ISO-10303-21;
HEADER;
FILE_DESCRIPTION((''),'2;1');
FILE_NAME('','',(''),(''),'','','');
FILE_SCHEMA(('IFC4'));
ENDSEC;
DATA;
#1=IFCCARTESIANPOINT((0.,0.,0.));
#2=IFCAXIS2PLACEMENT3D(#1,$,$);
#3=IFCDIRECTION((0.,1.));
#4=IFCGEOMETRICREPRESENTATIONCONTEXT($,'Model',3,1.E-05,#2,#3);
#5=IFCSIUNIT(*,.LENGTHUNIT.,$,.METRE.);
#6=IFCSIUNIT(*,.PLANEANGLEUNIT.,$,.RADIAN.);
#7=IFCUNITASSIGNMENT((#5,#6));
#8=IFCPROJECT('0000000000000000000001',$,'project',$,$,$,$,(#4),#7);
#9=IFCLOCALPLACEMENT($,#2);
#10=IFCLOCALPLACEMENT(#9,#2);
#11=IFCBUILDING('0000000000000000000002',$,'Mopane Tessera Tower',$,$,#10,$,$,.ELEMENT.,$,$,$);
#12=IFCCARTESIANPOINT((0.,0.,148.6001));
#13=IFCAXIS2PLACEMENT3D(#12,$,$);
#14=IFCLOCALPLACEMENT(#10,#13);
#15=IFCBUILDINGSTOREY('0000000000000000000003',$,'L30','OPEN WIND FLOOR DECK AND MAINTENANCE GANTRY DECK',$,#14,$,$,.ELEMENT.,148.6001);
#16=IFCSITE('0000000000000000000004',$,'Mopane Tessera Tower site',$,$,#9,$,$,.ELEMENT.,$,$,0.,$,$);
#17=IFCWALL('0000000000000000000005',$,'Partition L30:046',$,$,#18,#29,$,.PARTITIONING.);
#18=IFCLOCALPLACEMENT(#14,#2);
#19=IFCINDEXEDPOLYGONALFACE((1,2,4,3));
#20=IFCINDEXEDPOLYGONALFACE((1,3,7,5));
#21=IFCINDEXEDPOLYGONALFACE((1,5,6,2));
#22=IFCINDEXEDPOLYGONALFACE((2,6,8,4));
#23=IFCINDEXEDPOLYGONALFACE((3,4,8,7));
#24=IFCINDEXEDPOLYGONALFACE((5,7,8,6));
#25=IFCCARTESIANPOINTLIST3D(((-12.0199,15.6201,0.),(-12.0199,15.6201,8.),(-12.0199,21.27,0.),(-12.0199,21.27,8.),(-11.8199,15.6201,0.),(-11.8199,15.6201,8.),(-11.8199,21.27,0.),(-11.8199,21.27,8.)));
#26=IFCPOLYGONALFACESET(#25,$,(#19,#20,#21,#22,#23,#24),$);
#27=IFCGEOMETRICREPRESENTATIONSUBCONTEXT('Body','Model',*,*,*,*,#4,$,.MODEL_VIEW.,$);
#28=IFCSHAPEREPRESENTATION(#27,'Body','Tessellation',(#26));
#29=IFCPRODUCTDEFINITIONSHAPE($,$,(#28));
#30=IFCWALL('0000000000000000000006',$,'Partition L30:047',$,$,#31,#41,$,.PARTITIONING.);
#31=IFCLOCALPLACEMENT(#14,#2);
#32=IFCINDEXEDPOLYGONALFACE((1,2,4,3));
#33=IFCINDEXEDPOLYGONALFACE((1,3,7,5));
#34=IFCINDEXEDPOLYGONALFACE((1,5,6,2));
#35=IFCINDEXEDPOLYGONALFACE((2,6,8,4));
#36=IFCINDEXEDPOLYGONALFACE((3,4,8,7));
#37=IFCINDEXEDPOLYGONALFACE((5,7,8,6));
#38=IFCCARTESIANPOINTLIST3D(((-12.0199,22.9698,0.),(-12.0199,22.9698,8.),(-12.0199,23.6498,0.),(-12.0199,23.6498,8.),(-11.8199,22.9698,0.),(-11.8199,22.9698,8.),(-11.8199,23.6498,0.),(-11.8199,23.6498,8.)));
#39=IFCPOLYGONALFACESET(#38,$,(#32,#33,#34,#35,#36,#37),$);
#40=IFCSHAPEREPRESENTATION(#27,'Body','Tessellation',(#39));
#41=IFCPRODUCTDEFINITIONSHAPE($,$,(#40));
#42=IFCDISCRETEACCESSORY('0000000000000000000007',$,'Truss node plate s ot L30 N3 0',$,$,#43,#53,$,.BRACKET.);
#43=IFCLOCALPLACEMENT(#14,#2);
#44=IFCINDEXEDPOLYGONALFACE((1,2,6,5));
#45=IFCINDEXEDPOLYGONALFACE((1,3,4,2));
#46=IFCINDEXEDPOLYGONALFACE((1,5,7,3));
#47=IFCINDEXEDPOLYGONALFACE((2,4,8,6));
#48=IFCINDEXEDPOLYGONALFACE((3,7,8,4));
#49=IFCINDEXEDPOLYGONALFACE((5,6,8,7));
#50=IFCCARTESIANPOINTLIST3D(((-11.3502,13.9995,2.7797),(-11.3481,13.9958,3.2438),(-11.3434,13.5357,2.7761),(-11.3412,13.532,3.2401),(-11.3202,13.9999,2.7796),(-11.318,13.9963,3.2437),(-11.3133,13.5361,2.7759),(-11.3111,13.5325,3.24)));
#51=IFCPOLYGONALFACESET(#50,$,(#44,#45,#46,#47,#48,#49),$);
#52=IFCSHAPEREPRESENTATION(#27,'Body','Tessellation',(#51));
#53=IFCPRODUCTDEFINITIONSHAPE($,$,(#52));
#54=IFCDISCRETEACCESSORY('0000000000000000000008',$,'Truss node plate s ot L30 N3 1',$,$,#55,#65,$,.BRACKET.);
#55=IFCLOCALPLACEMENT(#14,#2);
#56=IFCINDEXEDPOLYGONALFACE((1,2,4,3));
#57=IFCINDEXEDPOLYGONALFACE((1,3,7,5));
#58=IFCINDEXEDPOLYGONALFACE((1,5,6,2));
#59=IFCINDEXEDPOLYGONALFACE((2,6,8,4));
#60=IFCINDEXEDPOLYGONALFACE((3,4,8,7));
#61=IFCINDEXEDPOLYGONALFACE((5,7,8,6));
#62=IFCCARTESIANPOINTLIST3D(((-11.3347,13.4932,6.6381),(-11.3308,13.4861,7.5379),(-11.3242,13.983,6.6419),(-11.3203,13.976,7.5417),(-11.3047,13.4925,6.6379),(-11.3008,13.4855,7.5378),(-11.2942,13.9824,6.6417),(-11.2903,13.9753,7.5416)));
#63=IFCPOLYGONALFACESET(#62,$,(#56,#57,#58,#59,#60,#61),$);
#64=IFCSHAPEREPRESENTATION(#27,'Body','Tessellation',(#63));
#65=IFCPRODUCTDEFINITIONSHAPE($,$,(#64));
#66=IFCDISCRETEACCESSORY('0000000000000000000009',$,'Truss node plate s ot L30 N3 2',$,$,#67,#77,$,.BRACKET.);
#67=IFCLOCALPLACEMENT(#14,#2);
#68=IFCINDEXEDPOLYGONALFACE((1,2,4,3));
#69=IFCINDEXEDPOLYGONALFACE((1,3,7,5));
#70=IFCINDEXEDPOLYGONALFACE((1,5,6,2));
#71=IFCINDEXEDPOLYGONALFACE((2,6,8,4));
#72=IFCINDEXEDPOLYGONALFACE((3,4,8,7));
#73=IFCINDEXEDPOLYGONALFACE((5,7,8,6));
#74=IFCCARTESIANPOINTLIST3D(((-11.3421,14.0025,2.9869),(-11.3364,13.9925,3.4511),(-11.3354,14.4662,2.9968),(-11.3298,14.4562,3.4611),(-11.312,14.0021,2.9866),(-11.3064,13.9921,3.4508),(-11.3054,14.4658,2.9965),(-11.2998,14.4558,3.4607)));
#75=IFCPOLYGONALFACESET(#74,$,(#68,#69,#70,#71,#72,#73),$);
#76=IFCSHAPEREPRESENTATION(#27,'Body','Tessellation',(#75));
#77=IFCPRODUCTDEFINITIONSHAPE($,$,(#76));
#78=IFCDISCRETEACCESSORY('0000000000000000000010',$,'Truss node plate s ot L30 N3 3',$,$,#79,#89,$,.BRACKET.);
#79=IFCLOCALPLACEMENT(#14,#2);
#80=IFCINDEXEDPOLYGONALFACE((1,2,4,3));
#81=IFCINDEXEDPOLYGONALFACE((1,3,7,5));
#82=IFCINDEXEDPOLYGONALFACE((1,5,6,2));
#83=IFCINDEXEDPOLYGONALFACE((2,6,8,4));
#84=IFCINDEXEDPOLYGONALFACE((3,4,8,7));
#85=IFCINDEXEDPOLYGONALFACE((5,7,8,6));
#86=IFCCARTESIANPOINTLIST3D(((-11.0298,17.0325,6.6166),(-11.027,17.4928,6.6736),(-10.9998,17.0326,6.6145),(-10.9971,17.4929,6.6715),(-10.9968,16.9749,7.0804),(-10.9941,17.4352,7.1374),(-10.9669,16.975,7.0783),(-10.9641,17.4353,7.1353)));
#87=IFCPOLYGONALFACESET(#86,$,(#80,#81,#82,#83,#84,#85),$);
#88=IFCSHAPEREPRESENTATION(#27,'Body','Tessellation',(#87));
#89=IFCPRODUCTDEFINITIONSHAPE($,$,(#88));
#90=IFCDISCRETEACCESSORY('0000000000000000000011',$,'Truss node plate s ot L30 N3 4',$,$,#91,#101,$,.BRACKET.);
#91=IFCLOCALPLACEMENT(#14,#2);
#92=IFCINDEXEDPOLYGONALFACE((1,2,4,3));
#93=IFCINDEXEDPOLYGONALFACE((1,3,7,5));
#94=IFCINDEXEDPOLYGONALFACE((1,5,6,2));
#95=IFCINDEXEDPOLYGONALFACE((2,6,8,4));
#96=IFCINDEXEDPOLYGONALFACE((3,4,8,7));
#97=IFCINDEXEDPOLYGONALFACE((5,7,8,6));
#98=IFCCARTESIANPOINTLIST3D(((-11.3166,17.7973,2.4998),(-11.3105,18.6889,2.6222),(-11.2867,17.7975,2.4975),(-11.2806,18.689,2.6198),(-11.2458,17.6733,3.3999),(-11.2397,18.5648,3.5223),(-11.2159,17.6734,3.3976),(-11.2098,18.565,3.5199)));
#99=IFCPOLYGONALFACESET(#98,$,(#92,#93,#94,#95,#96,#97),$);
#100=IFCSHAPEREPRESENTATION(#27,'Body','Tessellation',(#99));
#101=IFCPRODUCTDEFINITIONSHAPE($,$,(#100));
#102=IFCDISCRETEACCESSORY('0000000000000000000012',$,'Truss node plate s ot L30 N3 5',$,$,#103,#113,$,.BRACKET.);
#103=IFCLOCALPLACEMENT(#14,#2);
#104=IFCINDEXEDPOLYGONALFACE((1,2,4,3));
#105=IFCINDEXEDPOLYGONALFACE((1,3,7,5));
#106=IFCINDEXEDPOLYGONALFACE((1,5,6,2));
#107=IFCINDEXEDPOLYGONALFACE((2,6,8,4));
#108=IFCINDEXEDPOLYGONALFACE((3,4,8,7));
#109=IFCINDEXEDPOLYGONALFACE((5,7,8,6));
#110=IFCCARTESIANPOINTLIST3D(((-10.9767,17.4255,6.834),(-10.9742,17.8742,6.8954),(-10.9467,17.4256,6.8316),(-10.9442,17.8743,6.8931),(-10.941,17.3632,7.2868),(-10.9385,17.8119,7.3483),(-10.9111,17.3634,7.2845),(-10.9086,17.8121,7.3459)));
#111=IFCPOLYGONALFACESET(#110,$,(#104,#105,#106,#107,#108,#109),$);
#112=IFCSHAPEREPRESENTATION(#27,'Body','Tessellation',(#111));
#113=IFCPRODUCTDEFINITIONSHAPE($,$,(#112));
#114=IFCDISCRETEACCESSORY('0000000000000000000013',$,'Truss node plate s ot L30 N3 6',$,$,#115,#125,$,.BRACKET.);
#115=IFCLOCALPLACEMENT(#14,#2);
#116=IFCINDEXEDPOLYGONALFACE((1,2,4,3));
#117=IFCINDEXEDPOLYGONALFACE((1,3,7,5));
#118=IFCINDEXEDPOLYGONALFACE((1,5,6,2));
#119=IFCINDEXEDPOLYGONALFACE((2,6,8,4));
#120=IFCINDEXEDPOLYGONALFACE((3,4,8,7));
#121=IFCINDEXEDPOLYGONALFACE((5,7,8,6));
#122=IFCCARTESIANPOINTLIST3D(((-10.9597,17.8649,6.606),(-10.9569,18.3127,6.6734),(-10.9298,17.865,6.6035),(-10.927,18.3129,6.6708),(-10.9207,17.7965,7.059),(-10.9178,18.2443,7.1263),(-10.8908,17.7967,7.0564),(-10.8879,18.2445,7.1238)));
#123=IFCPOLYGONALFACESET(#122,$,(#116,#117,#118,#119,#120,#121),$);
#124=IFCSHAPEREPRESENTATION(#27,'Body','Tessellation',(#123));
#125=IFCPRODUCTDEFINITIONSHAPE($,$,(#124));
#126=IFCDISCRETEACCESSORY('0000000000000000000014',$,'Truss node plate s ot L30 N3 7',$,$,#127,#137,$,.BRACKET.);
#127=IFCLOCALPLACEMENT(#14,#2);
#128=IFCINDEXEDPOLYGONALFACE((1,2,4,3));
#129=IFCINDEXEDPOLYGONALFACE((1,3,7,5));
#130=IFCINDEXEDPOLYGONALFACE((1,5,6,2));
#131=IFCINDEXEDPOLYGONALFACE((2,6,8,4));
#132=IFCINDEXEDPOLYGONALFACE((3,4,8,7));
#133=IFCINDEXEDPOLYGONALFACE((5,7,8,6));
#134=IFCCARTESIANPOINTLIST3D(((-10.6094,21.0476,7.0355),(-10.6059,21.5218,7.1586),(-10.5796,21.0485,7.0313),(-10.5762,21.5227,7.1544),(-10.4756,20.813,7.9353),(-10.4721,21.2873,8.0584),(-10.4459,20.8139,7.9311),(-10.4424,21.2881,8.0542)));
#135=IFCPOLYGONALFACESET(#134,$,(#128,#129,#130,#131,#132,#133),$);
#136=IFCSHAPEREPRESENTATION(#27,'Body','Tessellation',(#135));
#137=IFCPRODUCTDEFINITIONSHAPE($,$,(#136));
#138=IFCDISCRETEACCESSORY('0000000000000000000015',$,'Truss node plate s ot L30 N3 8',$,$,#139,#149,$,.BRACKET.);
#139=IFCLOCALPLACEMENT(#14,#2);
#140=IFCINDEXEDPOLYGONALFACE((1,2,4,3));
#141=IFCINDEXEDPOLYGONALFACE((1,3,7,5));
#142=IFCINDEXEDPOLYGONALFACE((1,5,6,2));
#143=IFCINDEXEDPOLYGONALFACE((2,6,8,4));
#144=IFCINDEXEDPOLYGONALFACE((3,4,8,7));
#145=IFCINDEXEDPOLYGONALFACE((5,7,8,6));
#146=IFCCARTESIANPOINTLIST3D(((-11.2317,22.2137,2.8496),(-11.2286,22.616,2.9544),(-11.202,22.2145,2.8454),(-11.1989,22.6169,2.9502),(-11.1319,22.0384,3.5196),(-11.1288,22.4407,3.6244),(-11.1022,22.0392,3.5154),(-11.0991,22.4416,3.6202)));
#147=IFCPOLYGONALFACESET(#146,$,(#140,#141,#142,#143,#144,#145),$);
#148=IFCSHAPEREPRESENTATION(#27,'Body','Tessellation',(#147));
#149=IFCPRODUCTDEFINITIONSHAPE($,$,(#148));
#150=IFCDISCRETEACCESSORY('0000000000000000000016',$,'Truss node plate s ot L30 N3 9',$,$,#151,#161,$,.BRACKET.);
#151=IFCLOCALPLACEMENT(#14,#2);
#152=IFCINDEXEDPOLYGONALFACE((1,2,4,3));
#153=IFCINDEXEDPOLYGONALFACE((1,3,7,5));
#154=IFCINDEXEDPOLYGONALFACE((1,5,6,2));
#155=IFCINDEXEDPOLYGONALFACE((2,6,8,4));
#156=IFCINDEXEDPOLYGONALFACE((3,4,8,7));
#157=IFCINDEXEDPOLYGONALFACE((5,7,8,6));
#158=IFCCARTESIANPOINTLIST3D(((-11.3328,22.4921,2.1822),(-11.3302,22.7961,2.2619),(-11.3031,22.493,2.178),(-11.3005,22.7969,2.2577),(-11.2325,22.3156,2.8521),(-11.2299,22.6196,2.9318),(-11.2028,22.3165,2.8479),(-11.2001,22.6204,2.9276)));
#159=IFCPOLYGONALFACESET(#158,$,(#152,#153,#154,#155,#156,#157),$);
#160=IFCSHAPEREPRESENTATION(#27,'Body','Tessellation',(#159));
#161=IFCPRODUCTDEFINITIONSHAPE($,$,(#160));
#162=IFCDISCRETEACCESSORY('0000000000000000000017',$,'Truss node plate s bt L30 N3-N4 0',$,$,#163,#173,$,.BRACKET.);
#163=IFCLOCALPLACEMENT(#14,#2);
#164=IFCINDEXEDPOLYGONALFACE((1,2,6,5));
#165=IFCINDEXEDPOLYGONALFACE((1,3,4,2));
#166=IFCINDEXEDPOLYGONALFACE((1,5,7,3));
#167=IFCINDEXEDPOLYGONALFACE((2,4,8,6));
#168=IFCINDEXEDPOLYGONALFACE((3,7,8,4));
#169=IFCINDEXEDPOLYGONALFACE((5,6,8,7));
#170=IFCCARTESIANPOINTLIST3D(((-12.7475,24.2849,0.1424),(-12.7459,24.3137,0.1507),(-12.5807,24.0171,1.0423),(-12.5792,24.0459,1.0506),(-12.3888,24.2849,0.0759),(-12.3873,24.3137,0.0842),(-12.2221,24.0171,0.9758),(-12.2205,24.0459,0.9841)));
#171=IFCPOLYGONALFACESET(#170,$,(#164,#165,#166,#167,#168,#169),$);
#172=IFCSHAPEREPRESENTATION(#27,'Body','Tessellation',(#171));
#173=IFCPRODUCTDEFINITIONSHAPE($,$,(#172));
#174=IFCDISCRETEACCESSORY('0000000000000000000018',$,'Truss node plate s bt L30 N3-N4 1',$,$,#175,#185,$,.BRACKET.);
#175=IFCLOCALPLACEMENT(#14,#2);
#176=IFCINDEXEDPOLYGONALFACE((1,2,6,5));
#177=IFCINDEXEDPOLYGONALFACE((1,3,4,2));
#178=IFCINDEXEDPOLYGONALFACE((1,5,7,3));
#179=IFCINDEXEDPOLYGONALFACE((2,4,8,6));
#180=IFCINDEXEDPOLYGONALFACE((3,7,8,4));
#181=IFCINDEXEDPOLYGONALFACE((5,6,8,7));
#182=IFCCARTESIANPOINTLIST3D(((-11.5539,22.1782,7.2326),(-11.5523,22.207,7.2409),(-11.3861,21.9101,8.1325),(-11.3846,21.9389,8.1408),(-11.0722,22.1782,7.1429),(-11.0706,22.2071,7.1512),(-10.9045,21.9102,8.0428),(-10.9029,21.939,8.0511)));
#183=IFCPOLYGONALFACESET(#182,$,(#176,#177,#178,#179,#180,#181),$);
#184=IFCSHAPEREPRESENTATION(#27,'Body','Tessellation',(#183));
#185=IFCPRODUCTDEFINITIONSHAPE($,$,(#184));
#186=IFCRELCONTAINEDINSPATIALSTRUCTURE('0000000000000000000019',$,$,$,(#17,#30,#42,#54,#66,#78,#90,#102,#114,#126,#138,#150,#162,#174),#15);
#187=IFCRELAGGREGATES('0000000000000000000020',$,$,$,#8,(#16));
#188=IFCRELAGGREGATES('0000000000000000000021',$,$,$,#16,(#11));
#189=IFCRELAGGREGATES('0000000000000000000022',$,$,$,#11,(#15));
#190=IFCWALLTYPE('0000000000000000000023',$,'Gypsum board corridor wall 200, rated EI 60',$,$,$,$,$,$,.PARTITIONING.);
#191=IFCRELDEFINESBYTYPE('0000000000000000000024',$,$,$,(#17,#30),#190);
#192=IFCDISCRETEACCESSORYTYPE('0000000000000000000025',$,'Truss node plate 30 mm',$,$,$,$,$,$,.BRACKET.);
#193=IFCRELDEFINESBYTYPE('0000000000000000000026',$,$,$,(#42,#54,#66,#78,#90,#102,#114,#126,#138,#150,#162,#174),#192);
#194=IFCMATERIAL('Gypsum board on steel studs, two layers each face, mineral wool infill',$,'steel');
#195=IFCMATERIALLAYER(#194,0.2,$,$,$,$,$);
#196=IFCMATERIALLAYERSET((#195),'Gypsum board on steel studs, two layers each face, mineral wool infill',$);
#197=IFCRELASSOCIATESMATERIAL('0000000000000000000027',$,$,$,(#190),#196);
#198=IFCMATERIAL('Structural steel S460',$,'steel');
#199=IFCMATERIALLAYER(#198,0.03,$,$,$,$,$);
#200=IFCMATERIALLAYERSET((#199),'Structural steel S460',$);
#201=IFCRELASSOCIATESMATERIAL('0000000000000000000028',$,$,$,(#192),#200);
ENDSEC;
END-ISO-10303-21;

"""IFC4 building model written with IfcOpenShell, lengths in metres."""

from ifc_helpers import new_model, si_unit, direction, frame, frame_2d, origin, origin_2d, place, context, subcontext, project, spatial, rectangle, extrude, material, layer, layer_set, type_object, element, save


model = new_model("IFC4")

# Units and contexts
model_context = context("Model", 3, precision=1e-05, world=origin(), true_north=direction((0.0, 1.0)))
body_context = subcontext(model_context, "Body", "Model", "MODEL_VIEW")
ifc_project = project(units=[si_unit("LENGTHUNIT", "METRE"), si_unit("PLANEANGLEUNIT", "RADIAN")], contexts=[model_context])

# Site, building, storey
site_placement = place(None, origin())
site = spatial("IfcSite", under=ifc_project, at=site_placement, Name="Mopane Tessera Tower site", CompositionType="ELEMENT", RefElevation=0.0)
building_placement = place(site_placement, origin())
building = spatial("IfcBuilding", under=site, at=building_placement, Name="Mopane Tessera Tower", CompositionType="ELEMENT")
storey_placement = place(building_placement, frame((0.0, 0.0, 148.6001)))
storey = spatial("IfcBuildingStorey", under=building, at=storey_placement, Name="L30", Description="OPEN WIND FLOOR DECK AND MAINTENANCE GANTRY DECK", CompositionType="ELEMENT", Elevation=148.6001)

# Walls
ifc_material_1 = material(Name="Gypsum board on steel studs, two layers each face, mineral wool infill", Category="steel")
ifc_layer_1 = layer(ifc_material_1, 0.2)
ifc_layer_set_1 = layer_set([ifc_layer_1], Name="Gypsum board on steel studs, two layers each face, mineral wool infill")
wall_type = type_object("IfcWallType", Name="Gypsum board corridor wall 200, rated EI 60", PredefinedType="PARTITIONING", material=ifc_layer_set_1)
wall_1_placement = place(storey_placement, frame((-11.9199, 15.6201, 0.0), z_axis=(0.0, 0.0, 1.0), x_axis=(0.0, 1.0, 0.0)))
element("IfcWall", 1, at=wall_1_placement, inside=storey, type_object=wall_type, Name="Partition L30:046", PredefinedType="PARTITIONING", context=body_context, shape_type="SweptSolid", body=[
    extrude(rectangle(XDim=5.6499, YDim=0.2, at=frame_2d((2.825, 0.0))), origin(), (0.0, 0.0, 1.0), 8.0),
])
wall_2_placement = place(storey_placement, frame((-11.9199, 22.97, 0.0), z_axis=(0.0, 0.0, 1.0), x_axis=(0.0, 1.0, 0.0)))
element("IfcWall", 2, at=wall_2_placement, inside=storey, type_object=wall_type, Name="Partition L30:047", PredefinedType="PARTITIONING", context=body_context, shape_type="SweptSolid", body=[
    extrude(rectangle(XDim=0.6799, YDim=0.2, at=frame_2d((0.3398, 0.0))), origin(), (0.0, 0.0, 1.0), 8.0),
])

# Discrete accessories
ifc_material_2 = material(Name="Structural steel S460", Category="steel")
ifc_layer_2 = layer(ifc_material_2, 0.03)
ifc_layer_set_2 = layer_set([ifc_layer_2], Name="Structural steel S460")
discrete_accessory_type = type_object("IfcDiscreteAccessoryType", Name="Truss node plate 30 mm", PredefinedType="BRACKET", material=ifc_layer_set_2)
discrete_accessory_1_placement = place(storey_placement, frame((-11.3318, 13.7678, 2.7778), z_axis=(0.004734, -0.00789, 0.999958), x_axis=(-0.999878, -0.014908, 0.004616)))
element("IfcDiscreteAccessory", 3, at=discrete_accessory_1_placement, inside=storey, type_object=discrete_accessory_type, Name="Truss node plate s ot L30 N3 0", PredefinedType="BRACKET", context=body_context, shape_type="SweptSolid", body=[
    extrude(rectangle(XDim=0.03, YDim=0.4639, at=origin_2d()), origin(), (0.0, 0.0, 1.0), 0.4641),
])
discrete_accessory_2_placement = place(storey_placement, frame((-11.3145, 13.7378, 6.6399), z_axis=(0.004341, -0.007867, 0.99996), x_axis=(-0.999762, 0.021344, 0.004508)))
element("IfcDiscreteAccessory", 4, at=discrete_accessory_2_placement, inside=storey, type_object=discrete_accessory_type, Name="Truss node plate s ot L30 N3 1", PredefinedType="BRACKET", context=body_context, shape_type="SweptSolid", body=[
    extrude(rectangle(XDim=0.03, YDim=0.49, at=origin_2d()), origin(), (0.0, 0.0, 1.0), 0.8999),
])
discrete_accessory_3_placement = place(storey_placement, frame((-11.3237, 14.2341, 2.9917), z_axis=(0.012095, -0.021561, 0.999694), x_axis=(-0.999824, 0.014048, 0.0124)))
element("IfcDiscreteAccessory", 5, at=discrete_accessory_3_placement, inside=storey, type_object=discrete_accessory_type, Name="Truss node plate s ot L30 N3 2", PredefinedType="BRACKET", context=body_context, shape_type="SweptSolid", body=[
    extrude(rectangle(XDim=0.03, YDim=0.4639, at=origin_2d()), origin(), (0.0, 0.0, 1.0), 0.4644),
])
discrete_accessory_4_placement = place(storey_placement, frame((-11.0134, 17.2627, 6.644), z_axis=(0.070336, -0.122958, 0.989916), x_axis=(-0.997506, -0.002784, 0.07053)))
element("IfcDiscreteAccessory", 6, at=discrete_accessory_4_placement, inside=storey, type_object=discrete_accessory_type, Name="Truss node plate s ot L30 N3 3", PredefinedType="BRACKET", context=body_context, shape_type="SweptSolid", body=[
    extrude(rectangle(XDim=0.03, YDim=0.4639, at=origin_2d()), origin(), (0.0, 0.0, 1.0), 0.4685),
])
discrete_accessory_5_placement = place(storey_placement, frame((-11.2986, 18.2432, 2.5598), z_axis=(0.077683, -0.136079, 0.987648), x_axis=(-0.996955, -0.003886, 0.07788)))
element("IfcDiscreteAccessory", 7, at=discrete_accessory_5_placement, inside=storey, type_object=discrete_accessory_type, Name="Truss node plate s ot L30 N3 4", PredefinedType="BRACKET", context=body_context, shape_type="SweptSolid", body=[
    extrude(rectangle(XDim=0.03, YDim=0.8999, at=origin_2d()), origin(), (0.0, 0.0, 1.0), 0.9114),
])
discrete_accessory_6_placement = place(storey_placement, frame((-10.9604, 17.6499, 6.8635), z_axis=(0.077737, -0.135773, 0.987685), x_axis=(-0.996959, -0.005134, 0.077761)))
element("IfcDiscreteAccessory", 8, at=discrete_accessory_6_placement, inside=storey, type_object=discrete_accessory_type, Name="Truss node plate s ot L30 N3 5", PredefinedType="BRACKET", context=body_context, shape_type="SweptSolid", body=[
    extrude(rectangle(XDim=0.03, YDim=0.4529, at=origin_2d()), origin(), (0.0, 0.0, 1.0), 0.4585),
])
discrete_accessory_7_placement = place(storey_placement, frame((-10.9434, 18.0889, 6.6384), z_axis=(0.084979, -0.148713, 0.985222), x_axis=(-0.996363, -0.006424, 0.08497)))
element("IfcDiscreteAccessory", 9, at=discrete_accessory_7_placement, inside=storey, type_object=discrete_accessory_type, Name="Truss node plate s ot L30 N3 6", PredefinedType="BRACKET", context=body_context, shape_type="SweptSolid", body=[
    extrude(rectangle(XDim=0.03, YDim=0.4529, at=origin_2d()), origin(), (0.0, 0.0, 1.0), 0.4597),
])
discrete_accessory_8_placement = place(storey_placement, frame((-10.5928, 21.2852, 7.095), z_axis=(0.142396, -0.249712, 0.957793), x_axis=(-0.989785, -0.029003, 0.13959)))
element("IfcDiscreteAccessory", 10, at=discrete_accessory_8_placement, inside=storey, type_object=discrete_accessory_type, Name="Truss node plate s ot L30 N3 7", PredefinedType="BRACKET", context=body_context, shape_type="SweptSolid", body=[
    extrude(rectangle(XDim=0.03, YDim=0.49, at=origin_2d()), origin(), (0.0, 0.0, 1.0), 0.9395),
])
discrete_accessory_9_placement = place(storey_placement, frame((-11.2153, 22.4153, 2.8999), z_axis=(0.142722, -0.250548, 0.957526), x_axis=(-0.989735, -0.028807, 0.139985)))
element("IfcDiscreteAccessory", 11, at=discrete_accessory_9_placement, inside=storey, type_object=discrete_accessory_type, Name="Truss node plate s ot L30 N3 8", PredefinedType="BRACKET", context=body_context, shape_type="SweptSolid", body=[
    extrude(rectangle(XDim=0.03, YDim=0.4158, at=origin_2d()), origin(), (0.0, 0.0, 1.0), 0.6997),
])
discrete_accessory_10_placement = place(storey_placement, frame((-11.3167, 22.6445, 2.22), z_axis=(0.143342, -0.252157, 0.957011), x_axis=(-0.989638, -0.02834, 0.140762)))
element("IfcDiscreteAccessory", 12, at=discrete_accessory_10_placement, inside=storey, type_object=discrete_accessory_type, Name="Truss node plate s ot L30 N3 9", PredefinedType="BRACKET", context=body_context, shape_type="SweptSolid", body=[
    extrude(rectangle(XDim=0.03, YDim=0.3142, at=origin_2d()), origin(), (0.0, 0.0, 1.0), 0.7),
])
discrete_accessory_11_placement = place(storey_placement, frame((-12.5674, 24.2993, 0.1133), z_axis=(0.174861, -0.280853, 0.943687), x_axis=(-0.051111, -0.959751, -0.276163)))
element("IfcDiscreteAccessory", 13, at=discrete_accessory_11_placement, inside=storey, type_object=discrete_accessory_type, Name="Truss node plate s bt L30 N3-N4 0", PredefinedType="BRACKET", context=body_context, shape_type="SweptSolid", body=[
    extrude(rectangle(XDim=0.03, YDim=0.3647, at=origin_2d()), origin(), (0.0, 0.0, 1.0), 0.9536),
])
discrete_accessory_12_placement = place(storey_placement, frame((-11.3123, 22.1926, 7.1919), z_axis=(0.175841, -0.281038, 0.94345), x_axis=(-0.05142, -0.959697, -0.276294)))
element("IfcDiscreteAccessory", 14, at=discrete_accessory_12_placement, inside=storey, type_object=discrete_accessory_type, Name="Truss node plate s bt L30 N3-N4 1", PredefinedType="BRACKET", context=body_context, shape_type="SweptSolid", body=[
    extrude(rectangle(XDim=0.03, YDim=0.49, at=origin_2d()), origin(), (0.0, 0.0, 1.0), 0.9539),
])

save(model, "model.ifc")
